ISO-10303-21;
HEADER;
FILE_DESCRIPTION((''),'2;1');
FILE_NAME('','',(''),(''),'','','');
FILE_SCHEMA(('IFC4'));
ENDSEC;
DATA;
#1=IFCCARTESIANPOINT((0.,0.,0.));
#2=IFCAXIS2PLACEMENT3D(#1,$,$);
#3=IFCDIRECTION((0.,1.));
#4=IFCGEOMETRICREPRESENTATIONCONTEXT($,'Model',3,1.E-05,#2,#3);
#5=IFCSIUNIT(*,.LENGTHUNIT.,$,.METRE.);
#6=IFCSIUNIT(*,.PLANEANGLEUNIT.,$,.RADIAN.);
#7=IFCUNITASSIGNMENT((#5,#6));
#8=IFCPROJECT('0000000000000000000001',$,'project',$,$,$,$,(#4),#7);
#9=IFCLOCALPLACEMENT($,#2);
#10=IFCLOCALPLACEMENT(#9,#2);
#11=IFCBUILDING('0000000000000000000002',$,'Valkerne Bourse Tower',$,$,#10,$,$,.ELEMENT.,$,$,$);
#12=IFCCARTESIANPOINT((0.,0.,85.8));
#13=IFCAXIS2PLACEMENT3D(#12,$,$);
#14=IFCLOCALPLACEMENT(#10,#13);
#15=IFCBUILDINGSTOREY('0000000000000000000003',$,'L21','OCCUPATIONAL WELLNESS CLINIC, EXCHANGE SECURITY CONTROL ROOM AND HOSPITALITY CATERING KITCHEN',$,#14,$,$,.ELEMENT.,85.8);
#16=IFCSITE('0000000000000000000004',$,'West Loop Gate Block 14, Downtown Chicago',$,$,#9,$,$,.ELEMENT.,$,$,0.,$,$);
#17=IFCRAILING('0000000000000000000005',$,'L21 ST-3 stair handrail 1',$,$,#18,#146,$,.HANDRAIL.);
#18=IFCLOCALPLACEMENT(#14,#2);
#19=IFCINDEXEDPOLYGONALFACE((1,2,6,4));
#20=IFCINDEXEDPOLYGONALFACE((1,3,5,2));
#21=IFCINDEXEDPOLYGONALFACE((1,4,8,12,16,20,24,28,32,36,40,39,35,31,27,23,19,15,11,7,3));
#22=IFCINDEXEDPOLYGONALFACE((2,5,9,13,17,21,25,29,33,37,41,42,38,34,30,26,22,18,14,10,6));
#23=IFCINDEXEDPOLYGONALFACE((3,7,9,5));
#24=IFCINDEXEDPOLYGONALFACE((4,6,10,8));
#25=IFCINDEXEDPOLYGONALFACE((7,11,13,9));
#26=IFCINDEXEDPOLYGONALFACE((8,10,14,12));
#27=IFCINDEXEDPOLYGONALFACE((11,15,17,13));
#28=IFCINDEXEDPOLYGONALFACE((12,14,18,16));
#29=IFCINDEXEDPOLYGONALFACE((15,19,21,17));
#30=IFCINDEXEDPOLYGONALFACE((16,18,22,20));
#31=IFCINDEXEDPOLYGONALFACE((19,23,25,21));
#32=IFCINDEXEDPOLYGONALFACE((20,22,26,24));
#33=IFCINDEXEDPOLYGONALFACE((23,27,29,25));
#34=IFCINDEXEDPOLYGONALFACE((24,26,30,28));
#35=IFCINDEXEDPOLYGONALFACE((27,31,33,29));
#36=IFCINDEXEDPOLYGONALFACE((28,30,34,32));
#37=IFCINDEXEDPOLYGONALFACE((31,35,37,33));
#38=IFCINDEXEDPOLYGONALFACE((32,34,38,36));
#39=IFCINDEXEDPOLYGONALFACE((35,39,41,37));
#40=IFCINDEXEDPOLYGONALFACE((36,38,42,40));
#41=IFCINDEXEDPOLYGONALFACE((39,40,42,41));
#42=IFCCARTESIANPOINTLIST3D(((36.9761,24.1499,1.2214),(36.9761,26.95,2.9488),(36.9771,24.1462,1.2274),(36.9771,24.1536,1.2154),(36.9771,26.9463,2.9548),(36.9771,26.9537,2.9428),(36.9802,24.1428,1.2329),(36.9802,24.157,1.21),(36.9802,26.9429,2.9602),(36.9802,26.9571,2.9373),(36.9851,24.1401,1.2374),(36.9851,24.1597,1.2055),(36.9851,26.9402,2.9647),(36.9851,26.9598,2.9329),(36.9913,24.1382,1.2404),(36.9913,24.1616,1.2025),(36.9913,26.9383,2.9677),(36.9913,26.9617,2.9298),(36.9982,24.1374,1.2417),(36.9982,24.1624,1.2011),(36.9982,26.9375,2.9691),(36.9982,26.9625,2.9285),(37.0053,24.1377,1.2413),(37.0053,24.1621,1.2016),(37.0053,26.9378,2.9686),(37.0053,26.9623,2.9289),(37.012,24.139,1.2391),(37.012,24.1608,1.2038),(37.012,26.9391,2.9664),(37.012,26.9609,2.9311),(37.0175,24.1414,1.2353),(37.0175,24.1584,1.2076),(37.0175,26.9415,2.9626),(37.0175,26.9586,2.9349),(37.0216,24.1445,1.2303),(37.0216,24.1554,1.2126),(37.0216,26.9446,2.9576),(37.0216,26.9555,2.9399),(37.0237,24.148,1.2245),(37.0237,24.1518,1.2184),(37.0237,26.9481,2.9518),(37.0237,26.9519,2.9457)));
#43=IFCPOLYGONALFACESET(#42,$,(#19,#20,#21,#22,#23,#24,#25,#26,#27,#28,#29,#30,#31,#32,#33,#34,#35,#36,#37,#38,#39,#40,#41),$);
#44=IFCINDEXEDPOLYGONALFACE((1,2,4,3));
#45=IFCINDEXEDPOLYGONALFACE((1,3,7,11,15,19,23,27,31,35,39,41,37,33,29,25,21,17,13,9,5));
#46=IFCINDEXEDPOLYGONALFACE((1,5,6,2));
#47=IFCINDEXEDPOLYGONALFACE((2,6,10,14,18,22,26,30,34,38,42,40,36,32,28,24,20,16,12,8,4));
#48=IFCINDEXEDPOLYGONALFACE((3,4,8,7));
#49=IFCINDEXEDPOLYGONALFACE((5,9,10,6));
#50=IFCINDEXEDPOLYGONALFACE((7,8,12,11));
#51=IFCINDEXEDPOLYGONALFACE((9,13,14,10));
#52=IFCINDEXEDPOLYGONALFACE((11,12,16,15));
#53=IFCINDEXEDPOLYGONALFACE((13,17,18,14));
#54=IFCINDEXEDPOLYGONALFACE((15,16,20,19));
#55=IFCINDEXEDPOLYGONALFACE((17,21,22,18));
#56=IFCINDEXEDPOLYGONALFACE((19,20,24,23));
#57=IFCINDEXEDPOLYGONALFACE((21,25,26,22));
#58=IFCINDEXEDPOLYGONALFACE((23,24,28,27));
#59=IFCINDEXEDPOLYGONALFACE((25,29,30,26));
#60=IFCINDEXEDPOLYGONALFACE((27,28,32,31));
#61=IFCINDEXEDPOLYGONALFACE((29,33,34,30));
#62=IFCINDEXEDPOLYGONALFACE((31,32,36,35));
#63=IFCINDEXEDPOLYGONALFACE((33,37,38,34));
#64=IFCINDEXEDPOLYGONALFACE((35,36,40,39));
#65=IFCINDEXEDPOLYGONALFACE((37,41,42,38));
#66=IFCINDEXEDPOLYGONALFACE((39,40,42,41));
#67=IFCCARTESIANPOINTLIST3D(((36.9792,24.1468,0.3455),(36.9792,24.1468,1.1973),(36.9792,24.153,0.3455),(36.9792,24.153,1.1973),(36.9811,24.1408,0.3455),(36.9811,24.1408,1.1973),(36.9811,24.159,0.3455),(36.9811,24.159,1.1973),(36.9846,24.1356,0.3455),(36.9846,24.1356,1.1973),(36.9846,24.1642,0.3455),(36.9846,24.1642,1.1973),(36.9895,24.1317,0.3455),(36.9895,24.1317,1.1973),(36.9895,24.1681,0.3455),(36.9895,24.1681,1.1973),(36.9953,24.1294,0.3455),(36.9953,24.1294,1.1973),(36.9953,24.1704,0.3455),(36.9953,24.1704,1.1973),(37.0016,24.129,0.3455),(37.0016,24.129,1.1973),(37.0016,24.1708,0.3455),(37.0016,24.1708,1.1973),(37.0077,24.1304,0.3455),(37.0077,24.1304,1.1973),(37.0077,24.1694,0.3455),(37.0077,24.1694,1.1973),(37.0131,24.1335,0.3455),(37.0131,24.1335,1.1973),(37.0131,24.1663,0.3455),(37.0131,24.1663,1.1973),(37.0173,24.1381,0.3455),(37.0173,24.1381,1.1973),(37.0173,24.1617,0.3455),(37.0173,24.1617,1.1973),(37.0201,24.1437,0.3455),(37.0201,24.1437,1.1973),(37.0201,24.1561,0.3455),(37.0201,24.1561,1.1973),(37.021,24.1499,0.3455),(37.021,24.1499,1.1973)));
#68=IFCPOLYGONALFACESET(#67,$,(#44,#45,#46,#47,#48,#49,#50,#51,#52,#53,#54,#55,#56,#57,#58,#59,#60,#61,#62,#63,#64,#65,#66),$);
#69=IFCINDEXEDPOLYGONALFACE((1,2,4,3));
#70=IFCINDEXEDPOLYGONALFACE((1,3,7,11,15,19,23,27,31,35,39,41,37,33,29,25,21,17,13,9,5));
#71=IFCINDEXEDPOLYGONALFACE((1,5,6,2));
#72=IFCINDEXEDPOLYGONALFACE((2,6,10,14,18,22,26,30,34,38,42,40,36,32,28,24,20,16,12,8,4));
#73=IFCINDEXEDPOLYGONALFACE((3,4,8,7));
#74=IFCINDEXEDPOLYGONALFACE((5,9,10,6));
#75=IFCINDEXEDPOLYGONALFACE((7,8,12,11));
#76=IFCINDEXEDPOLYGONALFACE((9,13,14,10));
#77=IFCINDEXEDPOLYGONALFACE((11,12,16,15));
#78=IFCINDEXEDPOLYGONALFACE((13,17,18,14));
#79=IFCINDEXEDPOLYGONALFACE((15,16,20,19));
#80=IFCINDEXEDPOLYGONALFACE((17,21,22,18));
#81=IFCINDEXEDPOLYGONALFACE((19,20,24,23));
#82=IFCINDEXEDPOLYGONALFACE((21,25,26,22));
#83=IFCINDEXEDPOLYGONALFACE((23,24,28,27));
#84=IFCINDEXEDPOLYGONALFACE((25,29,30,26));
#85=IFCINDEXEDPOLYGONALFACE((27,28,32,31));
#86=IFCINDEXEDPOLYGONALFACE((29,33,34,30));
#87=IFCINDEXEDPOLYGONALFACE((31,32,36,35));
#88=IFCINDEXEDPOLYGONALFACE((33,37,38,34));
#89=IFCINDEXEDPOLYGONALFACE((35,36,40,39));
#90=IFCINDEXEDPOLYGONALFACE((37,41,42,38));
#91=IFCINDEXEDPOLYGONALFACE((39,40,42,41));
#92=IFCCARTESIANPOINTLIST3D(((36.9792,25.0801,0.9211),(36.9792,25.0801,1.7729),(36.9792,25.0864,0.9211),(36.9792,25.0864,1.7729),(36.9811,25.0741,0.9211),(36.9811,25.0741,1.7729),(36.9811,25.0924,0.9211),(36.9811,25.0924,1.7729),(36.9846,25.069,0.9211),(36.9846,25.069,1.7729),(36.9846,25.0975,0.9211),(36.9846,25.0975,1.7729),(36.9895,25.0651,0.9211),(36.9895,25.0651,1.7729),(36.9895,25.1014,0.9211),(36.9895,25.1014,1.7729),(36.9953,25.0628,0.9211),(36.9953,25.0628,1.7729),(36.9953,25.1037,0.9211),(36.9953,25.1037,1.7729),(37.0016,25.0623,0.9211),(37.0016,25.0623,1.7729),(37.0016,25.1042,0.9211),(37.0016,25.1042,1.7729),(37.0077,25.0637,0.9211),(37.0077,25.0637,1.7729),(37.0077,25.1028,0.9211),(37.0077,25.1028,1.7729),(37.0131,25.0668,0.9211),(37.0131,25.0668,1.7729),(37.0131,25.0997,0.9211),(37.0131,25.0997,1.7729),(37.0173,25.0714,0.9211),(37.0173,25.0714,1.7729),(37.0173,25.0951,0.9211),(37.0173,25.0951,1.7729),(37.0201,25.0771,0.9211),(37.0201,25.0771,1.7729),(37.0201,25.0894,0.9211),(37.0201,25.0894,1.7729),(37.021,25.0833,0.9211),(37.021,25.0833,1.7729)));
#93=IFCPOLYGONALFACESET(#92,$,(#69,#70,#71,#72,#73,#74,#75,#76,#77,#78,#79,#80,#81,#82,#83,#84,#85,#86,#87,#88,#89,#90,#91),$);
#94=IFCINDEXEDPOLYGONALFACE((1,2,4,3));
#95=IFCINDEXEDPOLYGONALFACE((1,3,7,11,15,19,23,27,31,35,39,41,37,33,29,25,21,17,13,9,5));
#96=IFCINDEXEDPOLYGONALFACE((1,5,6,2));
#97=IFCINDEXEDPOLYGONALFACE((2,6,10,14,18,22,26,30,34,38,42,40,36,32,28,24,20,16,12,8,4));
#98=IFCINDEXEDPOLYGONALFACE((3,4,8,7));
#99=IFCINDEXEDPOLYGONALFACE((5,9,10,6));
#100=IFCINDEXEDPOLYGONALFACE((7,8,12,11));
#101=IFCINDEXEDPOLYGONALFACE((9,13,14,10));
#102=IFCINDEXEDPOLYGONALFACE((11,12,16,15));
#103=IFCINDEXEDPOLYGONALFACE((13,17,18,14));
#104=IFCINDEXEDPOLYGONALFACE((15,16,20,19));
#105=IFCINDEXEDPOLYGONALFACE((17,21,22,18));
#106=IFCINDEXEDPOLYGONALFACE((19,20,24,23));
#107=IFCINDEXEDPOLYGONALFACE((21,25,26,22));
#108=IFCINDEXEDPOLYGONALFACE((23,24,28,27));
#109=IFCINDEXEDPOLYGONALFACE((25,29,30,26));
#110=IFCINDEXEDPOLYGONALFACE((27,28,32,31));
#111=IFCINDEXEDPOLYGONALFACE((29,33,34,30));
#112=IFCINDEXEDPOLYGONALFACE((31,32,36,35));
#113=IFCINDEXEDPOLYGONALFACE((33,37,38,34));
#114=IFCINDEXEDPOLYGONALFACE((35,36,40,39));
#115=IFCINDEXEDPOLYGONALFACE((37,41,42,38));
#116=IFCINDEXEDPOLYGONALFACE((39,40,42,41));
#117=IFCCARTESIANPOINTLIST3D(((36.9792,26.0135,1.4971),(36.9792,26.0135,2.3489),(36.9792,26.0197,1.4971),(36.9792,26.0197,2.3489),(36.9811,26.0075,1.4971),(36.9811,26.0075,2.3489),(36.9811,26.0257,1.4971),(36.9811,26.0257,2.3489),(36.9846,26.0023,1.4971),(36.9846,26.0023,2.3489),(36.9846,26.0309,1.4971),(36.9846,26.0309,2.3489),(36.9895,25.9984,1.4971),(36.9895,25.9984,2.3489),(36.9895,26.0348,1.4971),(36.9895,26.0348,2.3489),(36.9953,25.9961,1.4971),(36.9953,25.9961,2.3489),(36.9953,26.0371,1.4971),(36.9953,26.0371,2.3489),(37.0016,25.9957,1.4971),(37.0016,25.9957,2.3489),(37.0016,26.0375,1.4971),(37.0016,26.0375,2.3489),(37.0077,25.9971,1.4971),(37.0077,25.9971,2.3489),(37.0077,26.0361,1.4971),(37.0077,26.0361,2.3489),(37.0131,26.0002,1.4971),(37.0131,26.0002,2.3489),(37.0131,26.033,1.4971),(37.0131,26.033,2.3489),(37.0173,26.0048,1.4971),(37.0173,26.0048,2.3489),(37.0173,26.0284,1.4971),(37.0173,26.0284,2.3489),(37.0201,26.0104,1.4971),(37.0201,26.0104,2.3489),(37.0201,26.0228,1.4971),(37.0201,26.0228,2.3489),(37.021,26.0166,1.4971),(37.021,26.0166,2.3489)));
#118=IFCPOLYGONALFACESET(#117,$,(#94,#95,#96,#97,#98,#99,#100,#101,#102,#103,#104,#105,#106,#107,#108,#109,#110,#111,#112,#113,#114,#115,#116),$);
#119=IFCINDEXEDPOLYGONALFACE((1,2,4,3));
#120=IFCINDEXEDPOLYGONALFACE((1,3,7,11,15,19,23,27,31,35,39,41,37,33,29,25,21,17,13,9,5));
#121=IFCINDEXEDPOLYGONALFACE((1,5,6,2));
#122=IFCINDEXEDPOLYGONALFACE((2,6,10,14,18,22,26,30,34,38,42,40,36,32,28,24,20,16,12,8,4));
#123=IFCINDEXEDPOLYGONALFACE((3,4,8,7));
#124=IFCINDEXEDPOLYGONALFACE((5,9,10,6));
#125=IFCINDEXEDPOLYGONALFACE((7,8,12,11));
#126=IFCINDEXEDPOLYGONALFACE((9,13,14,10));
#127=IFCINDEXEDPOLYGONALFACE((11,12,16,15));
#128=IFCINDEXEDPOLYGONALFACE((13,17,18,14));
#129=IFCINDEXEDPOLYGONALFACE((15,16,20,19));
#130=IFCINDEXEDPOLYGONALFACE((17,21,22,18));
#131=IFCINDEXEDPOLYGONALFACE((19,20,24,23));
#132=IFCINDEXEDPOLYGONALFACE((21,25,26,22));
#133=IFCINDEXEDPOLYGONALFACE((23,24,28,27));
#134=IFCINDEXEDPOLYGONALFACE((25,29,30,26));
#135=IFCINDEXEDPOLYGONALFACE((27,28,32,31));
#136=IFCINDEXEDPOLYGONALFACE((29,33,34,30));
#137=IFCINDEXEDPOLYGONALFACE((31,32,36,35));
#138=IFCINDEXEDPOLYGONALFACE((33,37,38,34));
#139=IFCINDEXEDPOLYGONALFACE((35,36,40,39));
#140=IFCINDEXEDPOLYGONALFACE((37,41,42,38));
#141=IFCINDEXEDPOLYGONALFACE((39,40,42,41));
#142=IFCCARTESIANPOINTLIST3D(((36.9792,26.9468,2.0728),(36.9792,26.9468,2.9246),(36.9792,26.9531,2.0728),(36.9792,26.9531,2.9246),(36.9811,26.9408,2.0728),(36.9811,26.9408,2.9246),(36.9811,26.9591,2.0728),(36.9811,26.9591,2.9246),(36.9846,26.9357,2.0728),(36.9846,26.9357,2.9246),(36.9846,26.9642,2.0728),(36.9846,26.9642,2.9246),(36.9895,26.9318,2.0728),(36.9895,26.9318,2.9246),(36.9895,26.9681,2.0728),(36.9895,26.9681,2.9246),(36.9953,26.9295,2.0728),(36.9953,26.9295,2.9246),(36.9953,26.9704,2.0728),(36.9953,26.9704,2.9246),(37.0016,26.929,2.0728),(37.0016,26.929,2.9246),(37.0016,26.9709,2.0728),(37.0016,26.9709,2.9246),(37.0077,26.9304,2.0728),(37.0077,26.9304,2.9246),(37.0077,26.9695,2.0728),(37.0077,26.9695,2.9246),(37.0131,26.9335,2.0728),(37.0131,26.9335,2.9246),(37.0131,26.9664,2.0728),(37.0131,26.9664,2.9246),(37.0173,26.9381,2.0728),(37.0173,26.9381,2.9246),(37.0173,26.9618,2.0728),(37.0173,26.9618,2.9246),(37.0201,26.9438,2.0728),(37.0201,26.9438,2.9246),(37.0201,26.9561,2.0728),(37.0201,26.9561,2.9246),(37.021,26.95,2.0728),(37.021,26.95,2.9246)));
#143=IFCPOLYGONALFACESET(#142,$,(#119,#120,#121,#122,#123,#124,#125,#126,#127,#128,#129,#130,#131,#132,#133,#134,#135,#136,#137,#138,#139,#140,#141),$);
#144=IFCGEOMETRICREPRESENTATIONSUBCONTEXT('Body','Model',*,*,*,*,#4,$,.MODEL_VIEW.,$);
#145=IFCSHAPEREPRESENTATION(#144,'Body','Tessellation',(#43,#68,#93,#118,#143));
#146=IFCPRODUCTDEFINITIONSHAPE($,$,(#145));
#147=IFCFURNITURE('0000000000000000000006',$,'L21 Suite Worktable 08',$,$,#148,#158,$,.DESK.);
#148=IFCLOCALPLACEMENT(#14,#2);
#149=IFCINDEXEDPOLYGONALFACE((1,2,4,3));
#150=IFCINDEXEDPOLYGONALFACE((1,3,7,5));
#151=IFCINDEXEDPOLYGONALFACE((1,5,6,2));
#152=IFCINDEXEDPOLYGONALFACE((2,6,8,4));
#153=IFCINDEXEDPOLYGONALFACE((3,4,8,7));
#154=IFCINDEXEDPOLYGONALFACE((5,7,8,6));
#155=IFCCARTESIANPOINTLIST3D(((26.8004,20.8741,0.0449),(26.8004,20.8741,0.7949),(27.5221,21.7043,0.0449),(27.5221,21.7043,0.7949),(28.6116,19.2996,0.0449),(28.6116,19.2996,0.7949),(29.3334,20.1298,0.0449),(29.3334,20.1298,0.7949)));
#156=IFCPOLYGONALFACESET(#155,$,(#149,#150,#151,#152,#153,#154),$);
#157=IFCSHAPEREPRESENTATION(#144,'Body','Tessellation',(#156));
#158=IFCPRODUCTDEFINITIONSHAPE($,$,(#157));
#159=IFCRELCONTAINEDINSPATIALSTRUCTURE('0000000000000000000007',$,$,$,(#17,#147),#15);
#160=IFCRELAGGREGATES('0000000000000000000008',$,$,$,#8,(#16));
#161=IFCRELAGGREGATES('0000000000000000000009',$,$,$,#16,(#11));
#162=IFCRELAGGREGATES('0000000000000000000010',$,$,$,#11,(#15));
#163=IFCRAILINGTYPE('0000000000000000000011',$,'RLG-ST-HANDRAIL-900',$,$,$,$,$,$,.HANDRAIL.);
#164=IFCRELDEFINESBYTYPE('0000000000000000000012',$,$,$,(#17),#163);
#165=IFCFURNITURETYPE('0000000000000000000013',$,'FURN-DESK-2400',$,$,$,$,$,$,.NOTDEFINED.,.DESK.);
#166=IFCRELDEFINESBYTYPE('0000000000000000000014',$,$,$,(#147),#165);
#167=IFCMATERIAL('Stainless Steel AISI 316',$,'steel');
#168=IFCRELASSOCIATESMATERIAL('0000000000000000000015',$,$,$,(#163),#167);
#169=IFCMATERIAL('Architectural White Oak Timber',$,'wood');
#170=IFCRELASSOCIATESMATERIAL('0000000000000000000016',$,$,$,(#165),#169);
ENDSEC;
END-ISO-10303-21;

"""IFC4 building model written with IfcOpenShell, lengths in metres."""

from ifc_helpers import new_model, si_unit, direction, frame, origin, origin_2d, place, context, subcontext, project, spatial, rectangle, circle, extrude, material, type_object, element, save


model = new_model("IFC4")

# Units and contexts
model_context = context("Model", 3, precision=1e-05, world=origin(), true_north=direction((0.0, 1.0)))
body_context = subcontext(model_context, "Body", "Model", "MODEL_VIEW")
ifc_project = project(units=[si_unit("LENGTHUNIT", "METRE"), si_unit("PLANEANGLEUNIT", "RADIAN")], contexts=[model_context])

# Site, building, storey
site_placement = place(None, origin())
site = spatial("IfcSite", under=ifc_project, at=site_placement, Name="West Loop Gate Block 14, Downtown Chicago", CompositionType="ELEMENT", RefElevation=0.0)
building_placement = place(site_placement, origin())
building = spatial("IfcBuilding", under=site, at=building_placement, Name="Valkerne Bourse Tower", CompositionType="ELEMENT")
storey_placement = place(building_placement, frame((0.0, 0.0, 85.8)))
storey = spatial("IfcBuildingStorey", under=building, at=storey_placement, Name="L21", Description="OCCUPATIONAL WELLNESS CLINIC, EXCHANGE SECURITY CONTROL ROOM AND HOSPITALITY CATERING KITCHEN", CompositionType="ELEMENT", Elevation=85.8)

# Railing
ifc_material_1 = material(Name="Stainless Steel AISI 316", Category="steel")
railing_type_1 = type_object("IfcRailingType", Name="RLG-ST-HANDRAIL-900", PredefinedType="HANDRAIL", material=ifc_material_1)
railing_1_placement = place(storey_placement, frame((37.0, 24.1499, 0.3455)))
element("IfcRailing", 1, at=railing_1_placement, inside=storey, type_object=railing_type_1, Name="L21 ST-3 stair handrail 1", PredefinedType="HANDRAIL", context=body_context, shape_type="SweptSolid", body=[
    extrude(circle(Radius=0.0239, at=origin_2d()), frame((0.0, 0.0, 0.876), z_axis=(0.0, 0.85109, 0.52502), x_axis=(-1.0, 0.0, 0.0)), (0.0, 0.0, 1.0), 3.29),
    extrude(circle(Radius=0.021, at=origin_2d()), origin(), (0.0, 0.0, 1.0), 0.8518),
    extrude(circle(Radius=0.021, at=origin_2d()), frame((0.0, 0.9333, 0.5757)), (0.0, 0.0, 1.0), 0.8518),
    extrude(circle(Radius=0.021, at=origin_2d()), frame((0.0, 1.8667, 1.1516)), (0.0, 0.0, 1.0), 0.8518),
    extrude(circle(Radius=0.021, at=origin_2d()), frame((0.0, 2.8, 1.7273)), (0.0, 0.0, 1.0), 0.8518),
])

# Furniture
ifc_material_2 = material(Name="Architectural White Oak Timber", Category="wood")
furniture_type = type_object("IfcFurnitureType", Name="FURN-DESK-2400", AssemblyPlace="NOTDEFINED", PredefinedType="DESK", material=ifc_material_2)
furniture_placement = place(storey_placement, frame((28.0669, 20.502, 0.0449), z_axis=(0.0, 0.0, 1.0), x_axis=(-0.75471, 0.656059, 0.0)))
element("IfcFurniture", 2, at=furniture_placement, inside=storey, type_object=furniture_type, Name="L21 Suite Worktable 08", PredefinedType="DESK", context=body_context, shape_type="SweptSolid", body=[
    extrude(rectangle(XDim=2.3999, YDim=1.1001, at=origin_2d()), origin(), (0.0, 0.0, 1.0), 0.75),
])

save(model, "model.ifc")
